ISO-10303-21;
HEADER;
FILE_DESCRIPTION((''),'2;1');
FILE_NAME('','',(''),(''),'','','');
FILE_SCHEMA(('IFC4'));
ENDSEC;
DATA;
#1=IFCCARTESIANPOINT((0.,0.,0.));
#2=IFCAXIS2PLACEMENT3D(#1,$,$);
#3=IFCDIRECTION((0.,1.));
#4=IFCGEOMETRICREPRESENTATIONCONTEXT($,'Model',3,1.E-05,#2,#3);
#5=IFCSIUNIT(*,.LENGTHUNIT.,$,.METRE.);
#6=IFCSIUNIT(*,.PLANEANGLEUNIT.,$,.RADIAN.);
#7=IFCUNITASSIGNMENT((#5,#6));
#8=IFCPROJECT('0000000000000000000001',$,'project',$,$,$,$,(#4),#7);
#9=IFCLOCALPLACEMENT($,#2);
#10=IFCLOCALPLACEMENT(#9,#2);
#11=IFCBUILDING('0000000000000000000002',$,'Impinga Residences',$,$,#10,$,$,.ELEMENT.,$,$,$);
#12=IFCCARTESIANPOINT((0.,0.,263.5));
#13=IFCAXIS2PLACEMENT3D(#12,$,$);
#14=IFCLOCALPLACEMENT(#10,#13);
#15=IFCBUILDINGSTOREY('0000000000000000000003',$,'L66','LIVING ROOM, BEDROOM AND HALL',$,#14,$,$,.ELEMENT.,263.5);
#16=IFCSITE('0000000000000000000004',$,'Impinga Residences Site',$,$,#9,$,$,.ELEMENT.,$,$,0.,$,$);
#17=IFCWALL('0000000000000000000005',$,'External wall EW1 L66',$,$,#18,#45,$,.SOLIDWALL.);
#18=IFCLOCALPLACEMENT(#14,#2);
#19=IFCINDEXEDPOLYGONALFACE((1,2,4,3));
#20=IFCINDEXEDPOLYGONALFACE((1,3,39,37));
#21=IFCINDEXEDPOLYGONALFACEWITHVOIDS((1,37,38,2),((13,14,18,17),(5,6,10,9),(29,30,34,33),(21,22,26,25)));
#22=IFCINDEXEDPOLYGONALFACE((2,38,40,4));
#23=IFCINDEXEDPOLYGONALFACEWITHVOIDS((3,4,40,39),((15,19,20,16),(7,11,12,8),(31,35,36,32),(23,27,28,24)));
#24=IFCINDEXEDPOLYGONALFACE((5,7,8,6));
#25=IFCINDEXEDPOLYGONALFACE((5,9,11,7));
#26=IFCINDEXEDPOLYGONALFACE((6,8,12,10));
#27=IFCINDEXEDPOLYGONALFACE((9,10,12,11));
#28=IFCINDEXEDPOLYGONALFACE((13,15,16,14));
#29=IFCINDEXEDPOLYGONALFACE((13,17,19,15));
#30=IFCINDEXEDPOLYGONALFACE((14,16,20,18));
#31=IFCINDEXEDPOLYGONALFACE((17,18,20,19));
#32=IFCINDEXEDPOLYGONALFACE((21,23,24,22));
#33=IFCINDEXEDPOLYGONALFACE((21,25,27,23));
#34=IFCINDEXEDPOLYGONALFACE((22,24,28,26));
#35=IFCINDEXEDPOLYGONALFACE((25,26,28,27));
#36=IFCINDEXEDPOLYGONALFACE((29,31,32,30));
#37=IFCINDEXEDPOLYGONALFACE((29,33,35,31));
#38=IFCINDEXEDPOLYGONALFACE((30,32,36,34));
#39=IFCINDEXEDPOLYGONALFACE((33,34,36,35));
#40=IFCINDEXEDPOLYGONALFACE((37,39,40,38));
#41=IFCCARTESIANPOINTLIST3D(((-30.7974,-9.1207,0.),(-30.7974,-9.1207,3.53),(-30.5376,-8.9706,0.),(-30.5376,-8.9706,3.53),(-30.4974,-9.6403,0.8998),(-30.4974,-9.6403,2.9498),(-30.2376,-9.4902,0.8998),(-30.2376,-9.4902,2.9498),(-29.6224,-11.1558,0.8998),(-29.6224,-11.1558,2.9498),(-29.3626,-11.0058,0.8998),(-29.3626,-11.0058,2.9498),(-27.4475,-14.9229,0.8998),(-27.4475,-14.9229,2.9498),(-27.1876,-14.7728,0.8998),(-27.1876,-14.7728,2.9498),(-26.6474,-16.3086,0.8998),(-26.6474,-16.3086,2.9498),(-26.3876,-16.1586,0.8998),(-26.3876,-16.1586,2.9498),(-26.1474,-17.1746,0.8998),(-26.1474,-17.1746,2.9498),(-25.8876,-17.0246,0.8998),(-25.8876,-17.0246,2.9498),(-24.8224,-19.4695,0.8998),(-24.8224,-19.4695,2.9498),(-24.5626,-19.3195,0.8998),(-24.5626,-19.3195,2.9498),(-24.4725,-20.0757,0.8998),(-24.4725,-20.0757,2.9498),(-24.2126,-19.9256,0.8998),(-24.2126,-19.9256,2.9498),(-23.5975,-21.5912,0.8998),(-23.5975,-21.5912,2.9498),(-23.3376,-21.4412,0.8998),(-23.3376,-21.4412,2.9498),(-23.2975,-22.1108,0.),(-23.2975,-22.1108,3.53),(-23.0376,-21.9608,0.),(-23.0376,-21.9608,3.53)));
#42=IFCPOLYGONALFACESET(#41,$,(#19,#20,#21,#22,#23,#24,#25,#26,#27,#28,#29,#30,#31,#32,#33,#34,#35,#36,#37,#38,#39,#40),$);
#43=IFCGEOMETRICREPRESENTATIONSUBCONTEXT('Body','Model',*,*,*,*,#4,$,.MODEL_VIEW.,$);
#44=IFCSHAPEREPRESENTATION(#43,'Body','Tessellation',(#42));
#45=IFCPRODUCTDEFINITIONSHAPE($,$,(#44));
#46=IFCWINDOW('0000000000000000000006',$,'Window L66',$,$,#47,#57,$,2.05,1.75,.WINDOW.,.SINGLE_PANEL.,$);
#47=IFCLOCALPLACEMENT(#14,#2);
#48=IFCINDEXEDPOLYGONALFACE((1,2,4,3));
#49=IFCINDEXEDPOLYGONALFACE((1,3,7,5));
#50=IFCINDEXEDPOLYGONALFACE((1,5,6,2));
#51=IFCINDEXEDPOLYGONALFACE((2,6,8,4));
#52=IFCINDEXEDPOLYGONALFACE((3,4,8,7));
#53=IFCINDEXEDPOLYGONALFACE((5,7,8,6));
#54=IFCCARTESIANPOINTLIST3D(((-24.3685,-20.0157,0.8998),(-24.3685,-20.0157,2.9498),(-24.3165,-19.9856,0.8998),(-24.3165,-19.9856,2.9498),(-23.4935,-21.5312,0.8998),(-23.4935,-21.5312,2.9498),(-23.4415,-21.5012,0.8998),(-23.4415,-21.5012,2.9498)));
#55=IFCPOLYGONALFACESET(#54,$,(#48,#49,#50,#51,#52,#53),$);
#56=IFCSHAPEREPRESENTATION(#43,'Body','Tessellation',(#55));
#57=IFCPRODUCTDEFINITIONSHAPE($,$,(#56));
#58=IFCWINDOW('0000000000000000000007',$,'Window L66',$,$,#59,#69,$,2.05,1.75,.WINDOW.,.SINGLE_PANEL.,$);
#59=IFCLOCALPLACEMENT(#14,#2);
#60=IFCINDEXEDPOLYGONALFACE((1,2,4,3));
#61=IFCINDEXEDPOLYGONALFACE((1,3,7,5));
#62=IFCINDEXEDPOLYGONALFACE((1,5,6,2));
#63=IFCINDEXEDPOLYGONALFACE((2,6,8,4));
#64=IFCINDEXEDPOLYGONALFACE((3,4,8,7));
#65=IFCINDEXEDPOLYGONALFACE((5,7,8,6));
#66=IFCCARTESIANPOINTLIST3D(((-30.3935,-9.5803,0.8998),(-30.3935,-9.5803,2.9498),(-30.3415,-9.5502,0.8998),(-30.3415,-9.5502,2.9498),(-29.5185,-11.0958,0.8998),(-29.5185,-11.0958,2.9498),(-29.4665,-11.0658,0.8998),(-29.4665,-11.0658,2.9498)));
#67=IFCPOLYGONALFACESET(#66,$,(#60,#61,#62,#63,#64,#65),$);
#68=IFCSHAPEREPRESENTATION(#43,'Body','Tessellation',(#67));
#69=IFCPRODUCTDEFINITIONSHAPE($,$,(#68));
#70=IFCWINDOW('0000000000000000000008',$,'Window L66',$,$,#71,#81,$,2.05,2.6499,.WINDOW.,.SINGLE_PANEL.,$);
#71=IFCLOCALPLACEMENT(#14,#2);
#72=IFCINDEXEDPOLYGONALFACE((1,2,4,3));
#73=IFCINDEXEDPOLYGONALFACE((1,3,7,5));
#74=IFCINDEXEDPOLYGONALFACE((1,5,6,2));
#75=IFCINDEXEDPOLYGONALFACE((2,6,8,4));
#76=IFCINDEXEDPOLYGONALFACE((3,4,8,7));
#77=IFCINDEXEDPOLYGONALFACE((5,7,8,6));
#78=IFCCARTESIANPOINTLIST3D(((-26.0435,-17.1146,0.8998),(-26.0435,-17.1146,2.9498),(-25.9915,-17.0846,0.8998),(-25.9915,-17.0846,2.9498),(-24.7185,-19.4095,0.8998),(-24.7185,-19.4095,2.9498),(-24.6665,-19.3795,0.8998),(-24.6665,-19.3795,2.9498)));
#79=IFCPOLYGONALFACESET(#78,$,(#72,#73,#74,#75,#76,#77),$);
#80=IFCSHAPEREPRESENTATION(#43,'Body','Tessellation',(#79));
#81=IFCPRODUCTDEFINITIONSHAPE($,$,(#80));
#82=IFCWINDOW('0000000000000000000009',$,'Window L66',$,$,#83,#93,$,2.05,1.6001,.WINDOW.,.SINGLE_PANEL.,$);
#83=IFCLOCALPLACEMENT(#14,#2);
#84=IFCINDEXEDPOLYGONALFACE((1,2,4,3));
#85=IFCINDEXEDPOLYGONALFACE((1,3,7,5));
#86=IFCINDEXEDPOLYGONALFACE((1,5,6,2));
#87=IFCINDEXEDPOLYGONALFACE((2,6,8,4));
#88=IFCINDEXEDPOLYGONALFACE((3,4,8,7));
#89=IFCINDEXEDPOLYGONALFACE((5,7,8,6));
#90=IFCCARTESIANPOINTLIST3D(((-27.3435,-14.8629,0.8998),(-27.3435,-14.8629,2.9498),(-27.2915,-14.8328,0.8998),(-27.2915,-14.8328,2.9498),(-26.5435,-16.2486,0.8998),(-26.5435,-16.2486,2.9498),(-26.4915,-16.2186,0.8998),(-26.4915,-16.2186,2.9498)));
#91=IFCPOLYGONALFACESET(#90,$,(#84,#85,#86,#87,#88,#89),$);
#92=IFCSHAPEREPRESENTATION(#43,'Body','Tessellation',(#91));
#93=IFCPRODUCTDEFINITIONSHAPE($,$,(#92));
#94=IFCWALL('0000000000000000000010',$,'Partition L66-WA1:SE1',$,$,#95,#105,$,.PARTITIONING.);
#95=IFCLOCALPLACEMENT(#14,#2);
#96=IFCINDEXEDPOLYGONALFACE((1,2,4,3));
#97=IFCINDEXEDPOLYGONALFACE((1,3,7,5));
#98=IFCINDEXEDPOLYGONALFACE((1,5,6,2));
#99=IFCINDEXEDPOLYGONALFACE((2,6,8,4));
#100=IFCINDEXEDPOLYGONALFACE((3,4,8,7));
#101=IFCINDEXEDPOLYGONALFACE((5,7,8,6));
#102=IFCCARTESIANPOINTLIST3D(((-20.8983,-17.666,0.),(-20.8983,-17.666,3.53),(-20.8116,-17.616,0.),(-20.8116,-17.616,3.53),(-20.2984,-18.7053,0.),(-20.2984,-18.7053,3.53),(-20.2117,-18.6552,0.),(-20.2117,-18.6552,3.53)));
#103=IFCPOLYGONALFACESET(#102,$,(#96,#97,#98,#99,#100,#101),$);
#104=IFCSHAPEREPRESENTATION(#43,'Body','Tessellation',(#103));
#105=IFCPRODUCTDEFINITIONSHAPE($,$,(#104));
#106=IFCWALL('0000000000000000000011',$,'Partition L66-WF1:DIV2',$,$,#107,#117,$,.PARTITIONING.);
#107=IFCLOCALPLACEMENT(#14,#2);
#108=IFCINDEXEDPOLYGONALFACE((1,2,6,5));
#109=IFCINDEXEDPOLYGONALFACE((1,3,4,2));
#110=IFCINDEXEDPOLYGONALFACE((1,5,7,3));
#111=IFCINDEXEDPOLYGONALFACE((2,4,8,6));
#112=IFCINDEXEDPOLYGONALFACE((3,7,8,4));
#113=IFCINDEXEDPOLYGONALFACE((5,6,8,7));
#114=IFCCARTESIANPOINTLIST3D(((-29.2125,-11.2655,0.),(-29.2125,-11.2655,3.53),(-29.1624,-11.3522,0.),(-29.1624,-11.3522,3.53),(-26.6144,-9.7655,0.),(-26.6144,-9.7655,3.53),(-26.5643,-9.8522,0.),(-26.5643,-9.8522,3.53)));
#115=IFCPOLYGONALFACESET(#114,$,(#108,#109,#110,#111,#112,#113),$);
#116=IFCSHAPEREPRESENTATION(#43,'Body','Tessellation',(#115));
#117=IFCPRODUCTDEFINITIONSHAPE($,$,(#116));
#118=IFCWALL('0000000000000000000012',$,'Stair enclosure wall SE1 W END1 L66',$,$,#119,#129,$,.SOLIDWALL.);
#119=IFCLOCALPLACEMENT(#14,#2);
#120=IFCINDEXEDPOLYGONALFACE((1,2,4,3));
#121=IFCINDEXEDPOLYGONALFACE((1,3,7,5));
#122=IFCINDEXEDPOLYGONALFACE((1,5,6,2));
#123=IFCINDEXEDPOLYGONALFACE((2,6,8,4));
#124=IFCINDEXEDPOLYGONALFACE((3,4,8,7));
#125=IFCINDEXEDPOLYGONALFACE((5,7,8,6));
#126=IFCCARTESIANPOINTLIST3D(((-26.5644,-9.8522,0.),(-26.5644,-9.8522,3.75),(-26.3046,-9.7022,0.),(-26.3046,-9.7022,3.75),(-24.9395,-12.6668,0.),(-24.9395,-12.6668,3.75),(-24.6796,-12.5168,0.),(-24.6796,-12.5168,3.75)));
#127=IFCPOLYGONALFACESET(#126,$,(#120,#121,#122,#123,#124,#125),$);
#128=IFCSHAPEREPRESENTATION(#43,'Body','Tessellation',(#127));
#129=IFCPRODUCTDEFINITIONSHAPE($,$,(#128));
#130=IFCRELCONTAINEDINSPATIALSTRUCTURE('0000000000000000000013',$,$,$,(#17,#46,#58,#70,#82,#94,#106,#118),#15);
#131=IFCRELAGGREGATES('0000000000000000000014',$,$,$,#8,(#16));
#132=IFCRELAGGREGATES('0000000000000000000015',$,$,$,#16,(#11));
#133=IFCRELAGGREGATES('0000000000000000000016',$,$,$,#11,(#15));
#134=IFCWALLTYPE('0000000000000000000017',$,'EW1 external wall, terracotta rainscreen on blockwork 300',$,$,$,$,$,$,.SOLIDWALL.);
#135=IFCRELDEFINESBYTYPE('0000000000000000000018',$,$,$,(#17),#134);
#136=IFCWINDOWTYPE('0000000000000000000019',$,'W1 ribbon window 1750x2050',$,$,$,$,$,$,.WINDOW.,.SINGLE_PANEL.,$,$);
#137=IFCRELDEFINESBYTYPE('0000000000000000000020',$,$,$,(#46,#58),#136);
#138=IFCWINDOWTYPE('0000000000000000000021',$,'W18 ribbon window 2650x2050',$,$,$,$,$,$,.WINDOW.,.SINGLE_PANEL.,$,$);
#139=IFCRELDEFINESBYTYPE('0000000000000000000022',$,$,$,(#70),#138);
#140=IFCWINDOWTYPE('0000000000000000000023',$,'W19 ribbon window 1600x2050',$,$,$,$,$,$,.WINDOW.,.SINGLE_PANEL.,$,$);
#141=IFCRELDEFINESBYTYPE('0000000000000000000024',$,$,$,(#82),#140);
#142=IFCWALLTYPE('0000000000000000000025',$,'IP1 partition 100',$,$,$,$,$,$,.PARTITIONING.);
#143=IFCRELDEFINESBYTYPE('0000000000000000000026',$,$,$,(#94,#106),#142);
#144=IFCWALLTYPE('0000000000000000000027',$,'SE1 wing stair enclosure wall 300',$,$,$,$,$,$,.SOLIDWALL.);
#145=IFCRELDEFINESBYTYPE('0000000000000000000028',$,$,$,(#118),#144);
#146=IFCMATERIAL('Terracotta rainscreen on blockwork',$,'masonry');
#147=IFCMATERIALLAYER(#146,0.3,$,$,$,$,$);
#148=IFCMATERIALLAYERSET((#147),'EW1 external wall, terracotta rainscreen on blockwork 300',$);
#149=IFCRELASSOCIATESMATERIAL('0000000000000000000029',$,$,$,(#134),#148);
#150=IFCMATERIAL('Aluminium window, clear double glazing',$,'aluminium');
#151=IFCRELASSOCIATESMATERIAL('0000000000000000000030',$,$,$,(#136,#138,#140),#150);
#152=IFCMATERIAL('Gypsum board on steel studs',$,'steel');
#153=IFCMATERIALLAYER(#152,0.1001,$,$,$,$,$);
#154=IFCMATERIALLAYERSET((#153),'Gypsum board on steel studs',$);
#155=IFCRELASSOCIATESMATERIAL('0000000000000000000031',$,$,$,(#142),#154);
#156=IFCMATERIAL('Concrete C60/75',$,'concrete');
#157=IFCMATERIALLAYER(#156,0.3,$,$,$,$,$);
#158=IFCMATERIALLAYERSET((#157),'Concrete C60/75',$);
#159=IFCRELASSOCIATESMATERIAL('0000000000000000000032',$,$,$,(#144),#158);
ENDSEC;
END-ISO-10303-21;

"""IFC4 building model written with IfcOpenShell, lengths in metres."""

from ifc_helpers import new_model, si_unit, direction, frame, frame_2d, origin, place, context, subcontext, project, spatial, rectangle, extrude, material, layer, layer_set, type_object, element, fill, save


model = new_model("IFC4")

# Units and contexts
model_context = context("Model", 3, precision=1e-05, world=origin(), true_north=direction((0.0, 1.0)))
body_context = subcontext(model_context, "Body", "Model", "MODEL_VIEW")
ifc_project = project(units=[si_unit("LENGTHUNIT", "METRE"), si_unit("PLANEANGLEUNIT", "RADIAN")], contexts=[model_context])

# Site, building, storey
site_placement = place(None, origin())
site = spatial("IfcSite", under=ifc_project, at=site_placement, Name="Impinga Residences Site", CompositionType="ELEMENT", RefElevation=0.0)
building_placement = place(site_placement, origin())
building = spatial("IfcBuilding", under=site, at=building_placement, Name="Impinga Residences", CompositionType="ELEMENT")
storey_placement = place(building_placement, frame((0.0, 0.0, 263.5)))
storey = spatial("IfcBuildingStorey", under=building, at=storey_placement, Name="L66", Description="LIVING ROOM, BEDROOM AND HALL", CompositionType="ELEMENT", Elevation=263.5)

# Shared definitions
ifc_material_1 = material(Name="Concrete C60/75", Category="concrete")

# Shared definitions
ifc_material_2 = material(Name="Terracotta rainscreen on blockwork", Category="masonry")
ifc_layer_1 = layer(ifc_material_2, 0.3)
ifc_layer_set_1 = layer_set([ifc_layer_1], Name="EW1 external wall, terracotta rainscreen on blockwork 300")
wall_type_1 = type_object("IfcWallType", Name="EW1 external wall, terracotta rainscreen on blockwork 300", PredefinedType="SOLIDWALL", material=ifc_layer_set_1)

# Wall, openings, windows
wall_1_placement = place(storey_placement, frame((-23.1675, -22.0359, 0.0), z_axis=(0.0, 0.0, 1.0), x_axis=(-0.500004, 0.866023, 0.0)))
wall_1 = element("IfcWall", 1, at=wall_1_placement, inside=storey, type_object=wall_type_1, Name="External wall EW1 L66", PredefinedType="SOLIDWALL", context=body_context, shape_type="SweptSolid", body=[
    extrude(rectangle(XDim=14.9998, YDim=0.3, at=frame_2d((7.5, 0.0))), origin(), (0.0, 0.0, 1.0), 3.53),
])
opening_1_placement = place(wall_1_placement, frame((0.6001, 0.0, 0.8999)))
opening_1 = element("IfcOpeningElement", 2, at=opening_1_placement, cuts=wall_1, PredefinedType="OPENING", context=body_context, shape_type="SweptSolid", body=[
    extrude(rectangle(XDim=1.75, YDim=2.05, at=frame_2d((0.875, 1.0249))), frame((0.0, 0.1599, 0.0), z_axis=(0.0, -1.0, 0.0), x_axis=(1.0, 0.0, 0.0)), (0.0, 0.0, 1.0), 0.3201),
])
opening_2_placement = place(wall_1_placement, frame((3.05, 0.0, 0.8999)))
opening_2 = element("IfcOpeningElement", 3, at=opening_2_placement, cuts=wall_1, PredefinedType="OPENING", context=body_context, shape_type="SweptSolid", body=[
    extrude(rectangle(XDim=2.6499, YDim=2.05, at=frame_2d((1.325, 1.0249))), frame((0.0, 0.1599, 0.0), z_axis=(0.0, -1.0, 0.0), x_axis=(1.0, 0.0, 0.0)), (0.0, 0.0, 1.0), 0.3201),
])
opening_3_placement = place(wall_1_placement, frame((6.7, 0.0, 0.8999)))
opening_3 = element("IfcOpeningElement", 4, at=opening_3_placement, cuts=wall_1, PredefinedType="OPENING", context=body_context, shape_type="SweptSolid", body=[
    extrude(rectangle(XDim=1.6001, YDim=2.05, at=frame_2d((0.8, 1.0249))), frame((0.0, 0.1599, 0.0), z_axis=(0.0, -1.0, 0.0), x_axis=(1.0, 0.0, 0.0)), (0.0, 0.0, 1.0), 0.3201),
])
opening_4_placement = place(wall_1_placement, frame((12.6499, 0.0, 0.8999)))
opening_4 = element("IfcOpeningElement", 5, at=opening_4_placement, cuts=wall_1, PredefinedType="OPENING", context=body_context, shape_type="SweptSolid", body=[
    extrude(rectangle(XDim=1.75, YDim=2.05, at=frame_2d((0.875, 1.0249))), frame((0.0, 0.1599, 0.0), z_axis=(0.0, -1.0, 0.0), x_axis=(1.0, 0.0, 0.0)), (0.0, 0.0, 1.0), 0.3201),
])
ifc_material_3 = material(Name="Aluminium window, clear double glazing", Category="aluminium")
window_type_1 = type_object("IfcWindowType", Name="W1 ribbon window 1750x2050", PartitioningType="SINGLE_PANEL", PredefinedType="WINDOW", material=ifc_material_3)
window_1_placement = place(opening_1_placement, origin())
window_1 = element("IfcWindow", 6, at=window_1_placement, inside=storey, type_object=window_type_1, Name="Window L66", OverallHeight=2.05, OverallWidth=1.75, PartitioningType="SINGLE_PANEL", PredefinedType="WINDOW", context=body_context, shape_type="SweptSolid", body=[
    extrude(rectangle(XDim=1.75, YDim=2.05, at=frame_2d((0.875, 1.0249))), frame((0.0, 0.03, 0.0), z_axis=(0.0, -1.0, 0.0), x_axis=(1.0, 0.0, 0.0)), (0.0, 0.0, 1.0), 0.0601),
])
fill(opening_1, window_1)
window_2_placement = place(opening_4_placement, origin())
window_2 = element("IfcWindow", 7, at=window_2_placement, inside=storey, type_object=window_type_1, Name="Window L66", OverallHeight=2.05, OverallWidth=1.75, PartitioningType="SINGLE_PANEL", PredefinedType="WINDOW", context=body_context, shape_type="SweptSolid", body=[
    extrude(rectangle(XDim=1.75, YDim=2.05, at=frame_2d((0.875, 1.0249))), frame((0.0, 0.03, 0.0), z_axis=(0.0, -1.0, 0.0), x_axis=(1.0, 0.0, 0.0)), (0.0, 0.0, 1.0), 0.0601),
])
fill(opening_4, window_2)
window_type_2 = type_object("IfcWindowType", Name="W18 ribbon window 2650x2050", PartitioningType="SINGLE_PANEL", PredefinedType="WINDOW", material=ifc_material_3)
window_3_placement = place(opening_2_placement, origin())
window_3 = element("IfcWindow", 8, at=window_3_placement, inside=storey, type_object=window_type_2, Name="Window L66", OverallHeight=2.05, OverallWidth=2.6499, PartitioningType="SINGLE_PANEL", PredefinedType="WINDOW", context=body_context, shape_type="SweptSolid", body=[
    extrude(rectangle(XDim=2.6499, YDim=2.05, at=frame_2d((1.325, 1.0249))), frame((0.0, 0.03, 0.0), z_axis=(0.0, -1.0, 0.0), x_axis=(1.0, 0.0, 0.0)), (0.0, 0.0, 1.0), 0.0601),
])
fill(opening_2, window_3)
window_type_3 = type_object("IfcWindowType", Name="W19 ribbon window 1600x2050", PartitioningType="SINGLE_PANEL", PredefinedType="WINDOW", material=ifc_material_3)
window_4_placement = place(opening_3_placement, origin())
window_4 = element("IfcWindow", 9, at=window_4_placement, inside=storey, type_object=window_type_3, Name="Window L66", OverallHeight=2.05, OverallWidth=1.6001, PartitioningType="SINGLE_PANEL", PredefinedType="WINDOW", context=body_context, shape_type="SweptSolid", body=[
    extrude(rectangle(XDim=1.6001, YDim=2.05, at=frame_2d((0.8, 1.0249))), frame((0.0, 0.03, 0.0), z_axis=(0.0, -1.0, 0.0), x_axis=(1.0, 0.0, 0.0)), (0.0, 0.0, 1.0), 0.0601),
])
fill(opening_3, window_4)

# Walls
ifc_material_4 = material(Name="Gypsum board on steel studs", Category="steel")
ifc_layer_2 = layer(ifc_material_4, 0.1001)
ifc_layer_set_2 = layer_set([ifc_layer_2], Name="Gypsum board on steel studs")
wall_type_2 = type_object("IfcWallType", Name="IP1 partition 100", PredefinedType="PARTITIONING", material=ifc_layer_set_2)
wall_2_placement = place(storey_placement, frame((-20.855, -17.6409, 0.0), z_axis=(0.0, 0.0, 1.0), x_axis=(0.499881, -0.866094, 0.0)))
element("IfcWall", 10, at=wall_2_placement, inside=storey, type_object=wall_type_2, Name="Partition L66-WA1:SE1", PredefinedType="PARTITIONING", context=body_context, shape_type="SweptSolid", body=[
    extrude(rectangle(XDim=1.2, YDim=0.1001, at=frame_2d((0.6001, 0.0))), origin(), (0.0, 0.0, 1.0), 3.53),
])
wall_3_placement = place(storey_placement, frame((-26.5894, -9.8088, 0.0), z_axis=(0.0, 0.0, 1.0), x_axis=(-0.866031, -0.49999, 0.0)))
element("IfcWall", 11, at=wall_3_placement, inside=storey, type_object=wall_type_2, Name="Partition L66-WF1:DIV2", PredefinedType="PARTITIONING", context=body_context, shape_type="SweptSolid", body=[
    extrude(rectangle(XDim=3.0, YDim=0.1001, at=frame_2d((1.5, 0.0))), origin(), (0.0, 0.0, 1.0), 3.53),
])
ifc_layer_3 = layer(ifc_material_1, 0.3)
ifc_layer_set_3 = layer_set([ifc_layer_3], Name="Concrete C60/75")
wall_type_3 = type_object("IfcWallType", Name="SE1 wing stair enclosure wall 300", PredefinedType="SOLIDWALL", material=ifc_layer_set_3)
wall_4_placement = place(storey_placement, frame((-24.8096, -12.5918, 0.0), z_axis=(0.0, 0.0, 1.0), x_axis=(-0.499985, 0.866034, 0.0)))
element("IfcWall", 12, at=wall_4_placement, inside=storey, type_object=wall_type_3, Name="Stair enclosure wall SE1 W END1 L66", PredefinedType="SOLIDWALL", context=body_context, shape_type="SweptSolid", body=[
    extrude(rectangle(XDim=3.25, YDim=0.3, at=frame_2d((1.625, 0.0))), origin(), (0.0, 0.0, 1.0), 3.75),
])

save(model, "model.ifc")
